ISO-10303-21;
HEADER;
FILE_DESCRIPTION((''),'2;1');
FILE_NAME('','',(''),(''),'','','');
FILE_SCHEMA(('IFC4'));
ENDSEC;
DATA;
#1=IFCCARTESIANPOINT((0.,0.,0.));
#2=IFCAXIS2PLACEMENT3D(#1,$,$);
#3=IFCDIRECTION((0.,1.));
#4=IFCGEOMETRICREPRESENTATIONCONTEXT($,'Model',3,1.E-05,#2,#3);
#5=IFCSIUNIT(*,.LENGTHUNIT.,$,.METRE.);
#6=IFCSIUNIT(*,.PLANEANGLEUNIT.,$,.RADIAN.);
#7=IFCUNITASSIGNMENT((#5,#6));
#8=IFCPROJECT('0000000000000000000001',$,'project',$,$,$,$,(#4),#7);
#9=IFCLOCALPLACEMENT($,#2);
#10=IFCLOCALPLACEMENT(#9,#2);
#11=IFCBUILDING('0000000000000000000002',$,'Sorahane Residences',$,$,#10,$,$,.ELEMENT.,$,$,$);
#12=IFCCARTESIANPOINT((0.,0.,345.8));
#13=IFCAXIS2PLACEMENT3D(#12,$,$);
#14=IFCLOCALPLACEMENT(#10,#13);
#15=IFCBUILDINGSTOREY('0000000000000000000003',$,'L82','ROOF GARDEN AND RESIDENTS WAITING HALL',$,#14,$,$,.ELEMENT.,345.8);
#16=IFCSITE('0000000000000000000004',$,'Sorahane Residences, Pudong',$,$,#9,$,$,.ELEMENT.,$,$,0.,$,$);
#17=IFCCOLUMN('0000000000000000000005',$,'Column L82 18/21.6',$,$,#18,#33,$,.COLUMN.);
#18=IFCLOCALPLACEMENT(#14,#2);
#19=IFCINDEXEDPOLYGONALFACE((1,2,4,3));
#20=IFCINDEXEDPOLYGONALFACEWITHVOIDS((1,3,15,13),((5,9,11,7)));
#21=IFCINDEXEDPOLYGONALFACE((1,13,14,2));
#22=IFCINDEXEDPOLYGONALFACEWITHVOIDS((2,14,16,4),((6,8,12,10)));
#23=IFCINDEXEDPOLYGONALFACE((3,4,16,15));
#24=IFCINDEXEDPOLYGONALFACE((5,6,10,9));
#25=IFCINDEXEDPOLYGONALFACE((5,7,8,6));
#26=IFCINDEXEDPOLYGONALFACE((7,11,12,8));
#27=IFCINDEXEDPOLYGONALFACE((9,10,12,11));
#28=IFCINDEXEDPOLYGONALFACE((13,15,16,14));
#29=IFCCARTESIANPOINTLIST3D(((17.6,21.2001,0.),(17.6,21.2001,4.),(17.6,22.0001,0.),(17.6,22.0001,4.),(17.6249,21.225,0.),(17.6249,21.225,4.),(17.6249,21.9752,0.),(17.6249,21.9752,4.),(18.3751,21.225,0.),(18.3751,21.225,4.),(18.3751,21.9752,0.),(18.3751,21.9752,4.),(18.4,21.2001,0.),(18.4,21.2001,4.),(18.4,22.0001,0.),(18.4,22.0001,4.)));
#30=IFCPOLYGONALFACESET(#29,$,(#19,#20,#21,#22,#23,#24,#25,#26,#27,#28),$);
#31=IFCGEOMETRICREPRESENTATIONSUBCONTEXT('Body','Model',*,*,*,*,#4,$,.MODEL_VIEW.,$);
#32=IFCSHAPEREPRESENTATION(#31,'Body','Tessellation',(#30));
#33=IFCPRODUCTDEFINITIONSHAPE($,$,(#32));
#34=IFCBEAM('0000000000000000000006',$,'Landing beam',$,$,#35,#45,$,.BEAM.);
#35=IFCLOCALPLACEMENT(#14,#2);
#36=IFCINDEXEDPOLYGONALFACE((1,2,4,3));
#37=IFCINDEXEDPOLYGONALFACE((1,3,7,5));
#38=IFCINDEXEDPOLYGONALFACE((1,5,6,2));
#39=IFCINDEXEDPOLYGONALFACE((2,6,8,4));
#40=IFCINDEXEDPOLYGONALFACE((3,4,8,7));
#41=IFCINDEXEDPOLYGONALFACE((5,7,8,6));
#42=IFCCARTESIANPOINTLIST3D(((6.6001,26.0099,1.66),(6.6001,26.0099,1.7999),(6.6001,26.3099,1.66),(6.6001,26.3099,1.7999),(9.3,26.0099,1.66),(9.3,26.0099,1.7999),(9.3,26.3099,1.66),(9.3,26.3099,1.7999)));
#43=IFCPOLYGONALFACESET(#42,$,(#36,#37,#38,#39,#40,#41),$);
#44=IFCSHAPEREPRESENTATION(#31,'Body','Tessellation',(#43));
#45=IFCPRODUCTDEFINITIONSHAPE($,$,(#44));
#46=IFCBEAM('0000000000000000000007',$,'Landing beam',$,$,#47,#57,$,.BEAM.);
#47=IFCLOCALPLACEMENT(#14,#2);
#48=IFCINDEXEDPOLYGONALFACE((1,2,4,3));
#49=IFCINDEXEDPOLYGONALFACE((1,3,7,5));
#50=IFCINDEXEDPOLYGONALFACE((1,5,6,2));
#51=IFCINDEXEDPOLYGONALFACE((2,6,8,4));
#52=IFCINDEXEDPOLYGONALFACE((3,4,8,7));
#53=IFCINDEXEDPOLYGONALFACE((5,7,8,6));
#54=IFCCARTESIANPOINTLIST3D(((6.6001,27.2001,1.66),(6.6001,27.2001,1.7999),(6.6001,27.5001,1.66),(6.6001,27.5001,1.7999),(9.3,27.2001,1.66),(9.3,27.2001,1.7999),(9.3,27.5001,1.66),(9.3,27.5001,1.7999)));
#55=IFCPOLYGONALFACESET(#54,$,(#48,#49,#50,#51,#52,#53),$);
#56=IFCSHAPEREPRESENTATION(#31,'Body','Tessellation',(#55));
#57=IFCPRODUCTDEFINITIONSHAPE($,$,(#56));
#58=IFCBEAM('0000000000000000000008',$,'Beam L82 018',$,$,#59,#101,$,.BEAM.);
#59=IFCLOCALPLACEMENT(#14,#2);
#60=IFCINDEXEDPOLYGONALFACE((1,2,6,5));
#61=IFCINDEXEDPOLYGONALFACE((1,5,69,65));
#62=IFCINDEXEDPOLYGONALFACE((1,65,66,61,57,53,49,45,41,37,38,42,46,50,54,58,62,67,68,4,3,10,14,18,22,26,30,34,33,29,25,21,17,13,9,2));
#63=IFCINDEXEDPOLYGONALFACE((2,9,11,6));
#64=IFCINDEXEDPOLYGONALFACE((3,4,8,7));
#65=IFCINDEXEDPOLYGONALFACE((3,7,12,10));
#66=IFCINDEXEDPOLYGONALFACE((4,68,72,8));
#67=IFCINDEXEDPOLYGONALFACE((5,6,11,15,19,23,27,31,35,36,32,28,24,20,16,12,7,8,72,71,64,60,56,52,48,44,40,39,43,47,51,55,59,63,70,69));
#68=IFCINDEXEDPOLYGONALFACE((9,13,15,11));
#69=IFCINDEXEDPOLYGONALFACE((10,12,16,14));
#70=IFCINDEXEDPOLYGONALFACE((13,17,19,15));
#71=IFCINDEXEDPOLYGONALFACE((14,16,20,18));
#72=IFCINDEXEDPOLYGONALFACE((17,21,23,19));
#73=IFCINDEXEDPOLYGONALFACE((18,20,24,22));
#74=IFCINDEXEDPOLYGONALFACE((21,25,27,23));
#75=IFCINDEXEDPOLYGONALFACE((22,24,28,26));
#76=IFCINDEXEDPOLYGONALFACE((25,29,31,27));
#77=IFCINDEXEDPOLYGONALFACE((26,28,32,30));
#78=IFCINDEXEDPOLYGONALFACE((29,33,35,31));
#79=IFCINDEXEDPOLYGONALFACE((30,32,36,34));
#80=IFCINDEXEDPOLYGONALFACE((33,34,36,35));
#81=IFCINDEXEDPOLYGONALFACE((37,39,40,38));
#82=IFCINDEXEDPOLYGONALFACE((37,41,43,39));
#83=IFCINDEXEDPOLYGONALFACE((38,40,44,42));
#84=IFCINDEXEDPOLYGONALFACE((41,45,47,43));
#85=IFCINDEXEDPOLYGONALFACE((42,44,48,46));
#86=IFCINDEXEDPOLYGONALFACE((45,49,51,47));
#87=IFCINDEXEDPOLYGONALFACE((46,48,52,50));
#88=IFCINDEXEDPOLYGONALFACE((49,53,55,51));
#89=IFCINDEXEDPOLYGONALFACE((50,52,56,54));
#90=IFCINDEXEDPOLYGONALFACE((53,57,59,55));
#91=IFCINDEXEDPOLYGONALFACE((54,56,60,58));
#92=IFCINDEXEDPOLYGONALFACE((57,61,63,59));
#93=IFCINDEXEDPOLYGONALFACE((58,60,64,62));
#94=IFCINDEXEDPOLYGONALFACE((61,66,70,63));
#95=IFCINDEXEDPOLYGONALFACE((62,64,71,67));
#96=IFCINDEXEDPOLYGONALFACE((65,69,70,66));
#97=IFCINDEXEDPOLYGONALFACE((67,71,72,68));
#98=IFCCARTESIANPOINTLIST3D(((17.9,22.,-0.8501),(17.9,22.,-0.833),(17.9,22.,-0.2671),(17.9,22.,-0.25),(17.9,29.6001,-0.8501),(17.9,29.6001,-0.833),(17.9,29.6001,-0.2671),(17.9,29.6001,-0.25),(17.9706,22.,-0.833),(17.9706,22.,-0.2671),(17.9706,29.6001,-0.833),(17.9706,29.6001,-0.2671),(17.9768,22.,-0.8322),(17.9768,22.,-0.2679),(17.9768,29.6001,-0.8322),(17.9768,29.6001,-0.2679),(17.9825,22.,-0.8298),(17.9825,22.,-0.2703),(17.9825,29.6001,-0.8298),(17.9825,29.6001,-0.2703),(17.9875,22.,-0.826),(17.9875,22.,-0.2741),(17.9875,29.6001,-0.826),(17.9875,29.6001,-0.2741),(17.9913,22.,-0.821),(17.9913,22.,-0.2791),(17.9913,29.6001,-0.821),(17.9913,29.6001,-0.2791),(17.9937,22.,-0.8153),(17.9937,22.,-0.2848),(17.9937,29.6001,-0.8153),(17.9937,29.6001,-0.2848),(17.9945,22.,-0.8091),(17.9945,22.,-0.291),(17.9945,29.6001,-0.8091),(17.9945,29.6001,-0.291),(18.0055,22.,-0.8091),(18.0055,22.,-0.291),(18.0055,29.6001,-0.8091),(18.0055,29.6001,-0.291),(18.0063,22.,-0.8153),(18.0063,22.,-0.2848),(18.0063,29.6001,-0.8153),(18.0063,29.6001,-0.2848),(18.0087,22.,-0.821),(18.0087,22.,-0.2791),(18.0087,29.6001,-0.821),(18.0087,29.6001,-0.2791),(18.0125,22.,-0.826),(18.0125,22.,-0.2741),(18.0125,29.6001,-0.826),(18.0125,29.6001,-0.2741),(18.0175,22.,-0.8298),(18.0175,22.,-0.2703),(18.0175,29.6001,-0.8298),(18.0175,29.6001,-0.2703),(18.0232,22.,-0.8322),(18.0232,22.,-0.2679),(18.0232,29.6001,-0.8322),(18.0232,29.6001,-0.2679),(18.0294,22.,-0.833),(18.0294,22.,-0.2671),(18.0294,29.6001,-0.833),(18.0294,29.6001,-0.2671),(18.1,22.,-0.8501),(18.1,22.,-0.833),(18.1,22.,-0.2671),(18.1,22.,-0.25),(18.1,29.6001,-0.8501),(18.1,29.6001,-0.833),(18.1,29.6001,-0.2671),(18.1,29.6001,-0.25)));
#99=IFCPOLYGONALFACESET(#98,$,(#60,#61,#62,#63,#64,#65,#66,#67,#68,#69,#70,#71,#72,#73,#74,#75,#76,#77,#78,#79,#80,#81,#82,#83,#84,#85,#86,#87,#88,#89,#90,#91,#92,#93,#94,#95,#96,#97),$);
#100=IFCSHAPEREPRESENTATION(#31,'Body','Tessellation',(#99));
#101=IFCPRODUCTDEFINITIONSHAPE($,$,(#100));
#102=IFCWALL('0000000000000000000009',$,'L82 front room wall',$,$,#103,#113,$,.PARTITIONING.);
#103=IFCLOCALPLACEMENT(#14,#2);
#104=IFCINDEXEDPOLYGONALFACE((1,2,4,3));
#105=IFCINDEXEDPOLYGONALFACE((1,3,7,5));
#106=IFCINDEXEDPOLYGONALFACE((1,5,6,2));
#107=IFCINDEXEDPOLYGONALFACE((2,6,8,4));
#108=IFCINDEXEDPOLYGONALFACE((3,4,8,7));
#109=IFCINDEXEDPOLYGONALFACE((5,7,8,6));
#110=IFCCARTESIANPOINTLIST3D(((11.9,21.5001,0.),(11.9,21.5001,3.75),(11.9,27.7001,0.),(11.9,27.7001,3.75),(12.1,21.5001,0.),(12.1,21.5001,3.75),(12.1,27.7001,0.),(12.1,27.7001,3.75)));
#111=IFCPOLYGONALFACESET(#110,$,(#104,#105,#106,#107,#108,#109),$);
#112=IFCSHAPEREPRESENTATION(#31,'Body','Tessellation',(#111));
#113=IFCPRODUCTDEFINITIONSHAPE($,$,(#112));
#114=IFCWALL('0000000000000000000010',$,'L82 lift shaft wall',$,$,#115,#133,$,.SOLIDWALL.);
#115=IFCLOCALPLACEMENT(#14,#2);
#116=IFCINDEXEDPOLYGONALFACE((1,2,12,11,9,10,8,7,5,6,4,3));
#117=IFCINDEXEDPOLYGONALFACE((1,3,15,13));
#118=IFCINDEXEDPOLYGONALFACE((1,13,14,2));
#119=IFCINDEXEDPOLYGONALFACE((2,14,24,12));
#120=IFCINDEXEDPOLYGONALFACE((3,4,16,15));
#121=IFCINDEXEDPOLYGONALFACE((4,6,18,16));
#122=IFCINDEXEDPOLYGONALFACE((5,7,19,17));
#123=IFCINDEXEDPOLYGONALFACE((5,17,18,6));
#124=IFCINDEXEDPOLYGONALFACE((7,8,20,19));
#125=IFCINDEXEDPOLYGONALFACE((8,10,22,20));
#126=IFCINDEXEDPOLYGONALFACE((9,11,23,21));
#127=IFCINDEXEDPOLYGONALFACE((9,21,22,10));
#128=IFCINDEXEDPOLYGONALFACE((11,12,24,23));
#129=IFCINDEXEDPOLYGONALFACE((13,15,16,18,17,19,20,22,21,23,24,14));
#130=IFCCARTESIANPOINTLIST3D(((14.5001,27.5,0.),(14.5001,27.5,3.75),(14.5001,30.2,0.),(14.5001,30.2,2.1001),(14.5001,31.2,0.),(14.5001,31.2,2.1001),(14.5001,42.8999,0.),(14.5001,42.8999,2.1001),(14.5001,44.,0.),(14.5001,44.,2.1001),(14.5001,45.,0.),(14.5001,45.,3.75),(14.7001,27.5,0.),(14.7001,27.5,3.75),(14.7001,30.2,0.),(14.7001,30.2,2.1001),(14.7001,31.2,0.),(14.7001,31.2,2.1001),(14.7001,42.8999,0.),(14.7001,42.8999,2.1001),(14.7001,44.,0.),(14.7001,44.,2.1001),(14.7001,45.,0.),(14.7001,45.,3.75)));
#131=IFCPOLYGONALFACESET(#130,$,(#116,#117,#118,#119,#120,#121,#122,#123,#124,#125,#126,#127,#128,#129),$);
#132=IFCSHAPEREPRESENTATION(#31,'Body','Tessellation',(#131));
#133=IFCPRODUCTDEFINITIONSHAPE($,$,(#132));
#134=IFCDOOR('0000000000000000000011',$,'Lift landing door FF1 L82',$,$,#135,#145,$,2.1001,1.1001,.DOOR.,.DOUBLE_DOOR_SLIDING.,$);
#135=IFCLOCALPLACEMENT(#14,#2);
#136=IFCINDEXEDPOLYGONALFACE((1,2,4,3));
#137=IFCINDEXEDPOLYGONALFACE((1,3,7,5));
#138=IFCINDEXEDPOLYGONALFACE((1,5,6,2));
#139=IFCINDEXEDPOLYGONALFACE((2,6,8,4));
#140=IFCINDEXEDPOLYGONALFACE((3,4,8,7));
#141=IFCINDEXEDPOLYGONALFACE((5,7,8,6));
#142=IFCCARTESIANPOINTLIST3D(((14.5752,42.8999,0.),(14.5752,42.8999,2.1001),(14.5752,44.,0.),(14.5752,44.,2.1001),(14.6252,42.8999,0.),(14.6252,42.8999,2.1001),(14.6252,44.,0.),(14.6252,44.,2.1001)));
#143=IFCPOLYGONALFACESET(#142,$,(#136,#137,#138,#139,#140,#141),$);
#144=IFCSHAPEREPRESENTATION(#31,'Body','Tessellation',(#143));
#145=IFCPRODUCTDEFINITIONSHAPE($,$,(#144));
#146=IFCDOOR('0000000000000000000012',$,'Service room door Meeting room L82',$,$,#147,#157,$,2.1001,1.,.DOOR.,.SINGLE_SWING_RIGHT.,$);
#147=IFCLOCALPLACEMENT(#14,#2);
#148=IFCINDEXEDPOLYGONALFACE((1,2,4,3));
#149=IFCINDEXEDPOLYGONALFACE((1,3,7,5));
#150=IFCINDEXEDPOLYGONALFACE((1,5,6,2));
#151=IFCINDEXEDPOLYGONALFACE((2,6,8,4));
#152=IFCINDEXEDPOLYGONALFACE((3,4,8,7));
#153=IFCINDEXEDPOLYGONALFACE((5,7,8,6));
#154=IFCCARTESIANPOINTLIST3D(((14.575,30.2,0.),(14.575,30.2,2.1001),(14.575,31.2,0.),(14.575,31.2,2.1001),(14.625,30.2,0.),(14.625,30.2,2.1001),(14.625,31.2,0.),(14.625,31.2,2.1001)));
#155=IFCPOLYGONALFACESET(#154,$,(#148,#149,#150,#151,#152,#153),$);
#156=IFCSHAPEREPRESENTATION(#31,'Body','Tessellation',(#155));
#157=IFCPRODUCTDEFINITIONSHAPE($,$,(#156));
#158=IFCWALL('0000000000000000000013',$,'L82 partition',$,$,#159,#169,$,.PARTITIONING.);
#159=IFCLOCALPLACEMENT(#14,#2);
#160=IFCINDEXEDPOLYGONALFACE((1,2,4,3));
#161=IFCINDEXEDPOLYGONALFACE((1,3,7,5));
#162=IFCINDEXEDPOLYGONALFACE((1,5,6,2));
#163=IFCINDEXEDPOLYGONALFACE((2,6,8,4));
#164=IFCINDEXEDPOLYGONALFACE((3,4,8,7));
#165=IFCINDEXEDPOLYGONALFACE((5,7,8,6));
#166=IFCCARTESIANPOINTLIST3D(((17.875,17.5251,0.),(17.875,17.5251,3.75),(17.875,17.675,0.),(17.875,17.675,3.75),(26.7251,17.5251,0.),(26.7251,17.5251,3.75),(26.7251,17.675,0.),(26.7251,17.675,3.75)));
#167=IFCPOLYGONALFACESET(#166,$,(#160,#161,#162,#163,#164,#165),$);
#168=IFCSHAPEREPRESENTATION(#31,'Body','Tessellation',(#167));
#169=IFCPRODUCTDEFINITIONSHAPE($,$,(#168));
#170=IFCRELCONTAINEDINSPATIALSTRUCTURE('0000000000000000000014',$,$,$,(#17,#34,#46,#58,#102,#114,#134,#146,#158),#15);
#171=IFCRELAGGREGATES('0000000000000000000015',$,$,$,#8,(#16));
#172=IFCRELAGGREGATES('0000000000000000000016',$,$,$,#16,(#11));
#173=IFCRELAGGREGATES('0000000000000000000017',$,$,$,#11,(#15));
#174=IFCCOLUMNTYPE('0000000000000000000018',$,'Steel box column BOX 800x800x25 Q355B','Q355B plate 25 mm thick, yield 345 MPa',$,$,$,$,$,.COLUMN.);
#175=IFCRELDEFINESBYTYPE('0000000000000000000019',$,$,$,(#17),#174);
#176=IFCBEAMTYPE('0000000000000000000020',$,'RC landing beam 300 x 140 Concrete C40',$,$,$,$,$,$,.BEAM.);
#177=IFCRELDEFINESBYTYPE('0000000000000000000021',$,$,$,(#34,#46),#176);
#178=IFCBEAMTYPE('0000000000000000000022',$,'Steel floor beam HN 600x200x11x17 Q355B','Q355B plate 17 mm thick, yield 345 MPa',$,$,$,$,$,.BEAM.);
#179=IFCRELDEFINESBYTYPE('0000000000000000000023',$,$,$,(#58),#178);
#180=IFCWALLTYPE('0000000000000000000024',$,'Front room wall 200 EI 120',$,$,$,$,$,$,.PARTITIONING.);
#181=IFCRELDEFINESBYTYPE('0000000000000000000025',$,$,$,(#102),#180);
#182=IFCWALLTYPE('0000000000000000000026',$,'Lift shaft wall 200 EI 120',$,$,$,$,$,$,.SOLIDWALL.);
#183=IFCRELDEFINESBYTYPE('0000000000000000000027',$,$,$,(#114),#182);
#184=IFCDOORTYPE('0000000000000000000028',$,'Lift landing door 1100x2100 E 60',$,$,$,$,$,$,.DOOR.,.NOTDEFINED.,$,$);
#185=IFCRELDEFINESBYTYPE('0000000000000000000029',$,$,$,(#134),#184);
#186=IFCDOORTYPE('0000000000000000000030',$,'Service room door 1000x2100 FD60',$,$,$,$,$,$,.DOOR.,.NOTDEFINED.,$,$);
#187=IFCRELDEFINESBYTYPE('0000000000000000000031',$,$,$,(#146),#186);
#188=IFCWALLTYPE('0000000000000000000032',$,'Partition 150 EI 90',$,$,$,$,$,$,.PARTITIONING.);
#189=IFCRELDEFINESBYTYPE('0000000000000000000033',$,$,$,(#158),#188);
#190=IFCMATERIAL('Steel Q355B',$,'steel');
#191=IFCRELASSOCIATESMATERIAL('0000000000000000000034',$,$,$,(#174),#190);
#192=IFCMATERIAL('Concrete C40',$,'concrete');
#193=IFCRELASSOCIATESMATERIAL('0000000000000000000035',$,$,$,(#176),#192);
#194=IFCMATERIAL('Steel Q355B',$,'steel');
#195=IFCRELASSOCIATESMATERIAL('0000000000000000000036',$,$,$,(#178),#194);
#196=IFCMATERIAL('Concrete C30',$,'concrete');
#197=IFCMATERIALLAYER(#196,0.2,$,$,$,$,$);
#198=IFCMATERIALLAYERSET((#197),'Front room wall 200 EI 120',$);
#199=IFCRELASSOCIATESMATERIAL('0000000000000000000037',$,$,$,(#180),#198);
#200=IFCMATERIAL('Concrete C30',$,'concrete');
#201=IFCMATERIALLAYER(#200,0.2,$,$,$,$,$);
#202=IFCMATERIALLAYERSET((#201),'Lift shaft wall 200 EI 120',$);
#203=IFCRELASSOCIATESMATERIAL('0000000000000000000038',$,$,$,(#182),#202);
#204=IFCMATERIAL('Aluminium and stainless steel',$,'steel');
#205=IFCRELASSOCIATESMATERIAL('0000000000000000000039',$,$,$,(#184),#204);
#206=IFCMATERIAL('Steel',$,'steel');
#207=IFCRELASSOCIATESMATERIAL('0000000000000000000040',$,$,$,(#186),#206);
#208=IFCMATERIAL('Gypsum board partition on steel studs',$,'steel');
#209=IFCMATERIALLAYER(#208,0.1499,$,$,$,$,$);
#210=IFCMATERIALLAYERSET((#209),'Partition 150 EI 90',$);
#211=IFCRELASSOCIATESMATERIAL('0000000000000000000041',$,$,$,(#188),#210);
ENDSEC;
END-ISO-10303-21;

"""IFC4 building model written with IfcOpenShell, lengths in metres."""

from ifc_helpers import new_model, si_unit, direction, frame, frame_2d, origin, origin_2d, place, context, subcontext, project, spatial, rectangle, hollow_rectangle, i_section, extrude, material, layer, layer_set, material_profile, profile_set, type_object, element, fill, save


model = new_model("IFC4")

# Units and contexts
model_context = context("Model", 3, precision=1e-05, world=origin(), true_north=direction((0.0, 1.0)))
body_context = subcontext(model_context, "Body", "Model", "MODEL_VIEW")
ifc_project = project(units=[si_unit("LENGTHUNIT", "METRE"), si_unit("PLANEANGLEUNIT", "RADIAN")], contexts=[model_context])

# Site, building, storey
site_placement = place(None, origin())
site = spatial("IfcSite", under=ifc_project, at=site_placement, Name="Sorahane Residences, Pudong", CompositionType="ELEMENT", RefElevation=0.0)
building_placement = place(site_placement, origin())
building = spatial("IfcBuilding", under=site, at=building_placement, Name="Sorahane Residences", CompositionType="ELEMENT")
storey_placement = place(building_placement, frame((0.0, 0.0, 345.8)))
storey = spatial("IfcBuildingStorey", under=building, at=storey_placement, Name="L82", Description="ROOF GARDEN AND RESIDENTS WAITING HALL", CompositionType="ELEMENT", Elevation=345.8)

# Column
ifc_material_1 = material(Name="Steel Q355B", Category="steel")
ifc_material_profile_1 = material_profile(ifc_material_1, hollow_rectangle(XDim=0.8, YDim=0.8, WallThickness=0.0249, at=origin_2d()), Name="BOX 800x800x25")
ifc_profile_set_1 = profile_set([ifc_material_profile_1], Name="Steel Q355B")
column_type = type_object("IfcColumnType", Name="Steel box column BOX 800x800x25 Q355B", Description="Q355B plate 25 mm thick, yield 345 MPa", PredefinedType="COLUMN", material=ifc_profile_set_1)
column_placement = place(storey_placement, frame((18.0, 21.6001, 0.0), z_axis=(0.0, 0.0, 1.0), x_axis=(1.0, 0.0, 0.0)))
element("IfcColumn", 1, at=column_placement, inside=storey, type_object=column_type, Name="Column L82 18/21.6", PredefinedType="COLUMN", context=body_context, shape_type="SweptSolid", body=[
    extrude(hollow_rectangle(XDim=0.8, YDim=0.8, WallThickness=0.0249, at=origin_2d()), origin(), (0.0, 0.0, 1.0), 4.0),
])

# Beams
ifc_material_2 = material(Name="Concrete C40", Category="concrete")
ifc_material_profile_2 = material_profile(ifc_material_2, rectangle(XDim=0.3, YDim=0.1399, at=origin_2d()), Name="300x140")
ifc_profile_set_2 = profile_set([ifc_material_profile_2], Name="Concrete C40")
beam_type_1 = type_object("IfcBeamType", Name="RC landing beam 300 x 140 Concrete C40", PredefinedType="BEAM", material=ifc_profile_set_2)
for number, where, z_axis, x_axis, name in (
    (2, (6.6001, 26.1599, 1.73), (1.0, 0.0, 0.0), (0.0, 1.0, 0.0), "Landing beam"),
    (3, (6.6001, 27.3501, 1.73), (1.0, 0.0, 0.0), (0.0, 1.0, 0.0), "Landing beam"),
):
    element("IfcBeam", number, at=place(storey_placement, frame(where, z_axis=z_axis, x_axis=x_axis)), inside=storey, type_object=beam_type_1, Name=name, PredefinedType="BEAM", context=body_context, shape_type="SweptSolid", body=[
        extrude(rectangle(XDim=0.3, YDim=0.1399, at=origin_2d()), origin(), (0.0, 0.0, 1.0), 2.7),
    ])
ifc_material_3 = material(Name="Steel Q355B", Category="steel")
ifc_material_profile_3 = material_profile(ifc_material_3, i_section(OverallWidth=0.2, OverallDepth=0.6001, WebThickness=0.011, FlangeThickness=0.0171, FilletRadius=0.0239, at=origin_2d()), Name="HN 600x200x11x17")
ifc_profile_set_3 = profile_set([ifc_material_profile_3], Name="Steel Q355B")
beam_type_2 = type_object("IfcBeamType", Name="Steel floor beam HN 600x200x11x17 Q355B", Description="Q355B plate 17 mm thick, yield 345 MPa", PredefinedType="BEAM", material=ifc_profile_set_3)
beam_placement = place(storey_placement, frame((18.0, 22.0, -0.55), z_axis=(0.0, 1.0, 0.0), x_axis=(-1.0, 0.0, 0.0)))
element("IfcBeam", 4, at=beam_placement, inside=storey, type_object=beam_type_2, Name="Beam L82 018", PredefinedType="BEAM", context=body_context, shape_type="SweptSolid", body=[
    extrude(i_section(OverallWidth=0.2, OverallDepth=0.6001, WebThickness=0.011, FlangeThickness=0.0171, FilletRadius=0.0239, at=origin_2d()), origin(), (0.0, 0.0, 1.0), 7.6001),
])

# Wall
ifc_material_4 = material(Name="Concrete C30", Category="concrete")
ifc_layer_1 = layer(ifc_material_4, 0.2)
ifc_layer_set_1 = layer_set([ifc_layer_1], Name="Front room wall 200 EI 120")
wall_type_1 = type_object("IfcWallType", Name="Front room wall 200 EI 120", PredefinedType="PARTITIONING", material=ifc_layer_set_1)
wall_1_placement = place(storey_placement, frame((12.0, 21.5, 0.0), z_axis=(0.0, 0.0, 1.0), x_axis=(0.0, 1.0, 0.0)))
element("IfcWall", 5, at=wall_1_placement, inside=storey, type_object=wall_type_1, Name="L82 front room wall", PredefinedType="PARTITIONING", context=body_context, shape_type="SweptSolid", body=[
    extrude(rectangle(XDim=6.2, YDim=0.2, at=frame_2d((3.1001, 0.0))), origin(), (0.0, 0.0, 1.0), 3.75),
])

# Wall, openings, doors
ifc_material_5 = material(Name="Concrete C30", Category="concrete")
ifc_layer_2 = layer(ifc_material_5, 0.2)
ifc_layer_set_2 = layer_set([ifc_layer_2], Name="Lift shaft wall 200 EI 120")
wall_type_2 = type_object("IfcWallType", Name="Lift shaft wall 200 EI 120", PredefinedType="SOLIDWALL", material=ifc_layer_set_2)
wall_2_placement = place(storey_placement, frame((14.6001, 27.5, 0.0), z_axis=(0.0, 0.0, 1.0), x_axis=(0.0, 1.0, 0.0)))
wall_2 = element("IfcWall", 6, at=wall_2_placement, inside=storey, type_object=wall_type_2, Name="L82 lift shaft wall", PredefinedType="SOLIDWALL", context=body_context, shape_type="SweptSolid", body=[
    extrude(rectangle(XDim=17.5, YDim=0.2, at=frame_2d((8.75, 0.0))), origin(), (0.0, 0.0, 1.0), 3.75),
])
opening_1_placement = place(wall_2_placement, frame((15.3999, 0.0, 0.0)))
opening_1 = element("IfcOpeningElement", 7, at=opening_1_placement, cuts=wall_2, PredefinedType="OPENING", context=body_context, shape_type="SweptSolid", body=[
    extrude(rectangle(XDim=1.1001, YDim=2.1001, at=frame_2d((0.55, 1.05))), frame((0.0, 0.1099, 0.0), z_axis=(0.0, -1.0, 0.0), x_axis=(1.0, 0.0, 0.0)), (0.0, 0.0, 1.0), 0.22),
])
opening_2_placement = place(wall_2_placement, frame((2.7, 0.0, 0.0)))
opening_2 = element("IfcOpeningElement", 8, at=opening_2_placement, cuts=wall_2, PredefinedType="OPENING", context=body_context, shape_type="SweptSolid", body=[
    extrude(rectangle(XDim=1.0, YDim=2.1001, at=frame_2d((0.5, 1.05))), frame((0.0, 0.1099, 0.0), z_axis=(0.0, -1.0, 0.0), x_axis=(1.0, 0.0, 0.0)), (0.0, 0.0, 1.0), 0.22),
])
ifc_material_6 = material(Name="Aluminium and stainless steel", Category="steel")
door_type_1 = type_object("IfcDoorType", Name="Lift landing door 1100x2100 E 60", OperationType="NOTDEFINED", PredefinedType="DOOR", material=ifc_material_6)
door_1_placement = place(opening_1_placement, origin())
door_1 = element("IfcDoor", 9, at=door_1_placement, inside=storey, type_object=door_type_1, Name="Lift landing door FF1 L82", OperationType="DOUBLE_DOOR_SLIDING", OverallHeight=2.1001, OverallWidth=1.1001, PredefinedType="DOOR", context=body_context, shape_type="SweptSolid", body=[
    extrude(rectangle(XDim=1.1001, YDim=2.1001, at=frame_2d((0.55, 1.05))), frame((0.0, 0.0249, 0.0), z_axis=(0.0, -1.0, 0.0), x_axis=(1.0, 0.0, 0.0)), (0.0, 0.0, 1.0), 0.05),
])
fill(opening_1, door_1)
ifc_material_7 = material(Name="Steel", Category="steel")
door_type_2 = type_object("IfcDoorType", Name="Service room door 1000x2100 FD60", OperationType="NOTDEFINED", PredefinedType="DOOR", material=ifc_material_7)
door_2_placement = place(opening_2_placement, frame((1.0, 0.0, 0.0), z_axis=(0.0, 0.0, 1.0), x_axis=(-1.0, 0.0, 0.0)))
door_2 = element("IfcDoor", 10, at=door_2_placement, inside=storey, type_object=door_type_2, Name="Service room door Meeting room L82", OperationType="SINGLE_SWING_RIGHT", OverallHeight=2.1001, OverallWidth=1.0, PredefinedType="DOOR", context=body_context, shape_type="SweptSolid", body=[
    extrude(rectangle(XDim=1.0, YDim=2.1001, at=frame_2d((0.5, 1.05))), frame((0.0, 0.0249, 0.0), z_axis=(0.0, -1.0, 0.0), x_axis=(1.0, 0.0, 0.0)), (0.0, 0.0, 1.0), 0.05),
])
fill(opening_2, door_2)

# Wall
ifc_material_8 = material(Name="Gypsum board partition on steel studs", Category="steel")
ifc_layer_3 = layer(ifc_material_8, 0.1499)
ifc_layer_set_3 = layer_set([ifc_layer_3], Name="Partition 150 EI 90")
wall_type_3 = type_object("IfcWallType", Name="Partition 150 EI 90", PredefinedType="PARTITIONING", material=ifc_layer_set_3)
wall_3_placement = place(storey_placement, frame((17.875, 17.6001, 0.0), z_axis=(0.0, 0.0, 1.0), x_axis=(1.0, 0.0, 0.0)))
element("IfcWall", 11, at=wall_3_placement, inside=storey, type_object=wall_type_3, Name="L82 partition", PredefinedType="PARTITIONING", context=body_context, shape_type="SweptSolid", body=[
    extrude(rectangle(XDim=8.8501, YDim=0.1499, at=frame_2d((4.425, 0.0))), origin(), (0.0, 0.0, 1.0), 3.75),
])

save(model, "model.ifc")
